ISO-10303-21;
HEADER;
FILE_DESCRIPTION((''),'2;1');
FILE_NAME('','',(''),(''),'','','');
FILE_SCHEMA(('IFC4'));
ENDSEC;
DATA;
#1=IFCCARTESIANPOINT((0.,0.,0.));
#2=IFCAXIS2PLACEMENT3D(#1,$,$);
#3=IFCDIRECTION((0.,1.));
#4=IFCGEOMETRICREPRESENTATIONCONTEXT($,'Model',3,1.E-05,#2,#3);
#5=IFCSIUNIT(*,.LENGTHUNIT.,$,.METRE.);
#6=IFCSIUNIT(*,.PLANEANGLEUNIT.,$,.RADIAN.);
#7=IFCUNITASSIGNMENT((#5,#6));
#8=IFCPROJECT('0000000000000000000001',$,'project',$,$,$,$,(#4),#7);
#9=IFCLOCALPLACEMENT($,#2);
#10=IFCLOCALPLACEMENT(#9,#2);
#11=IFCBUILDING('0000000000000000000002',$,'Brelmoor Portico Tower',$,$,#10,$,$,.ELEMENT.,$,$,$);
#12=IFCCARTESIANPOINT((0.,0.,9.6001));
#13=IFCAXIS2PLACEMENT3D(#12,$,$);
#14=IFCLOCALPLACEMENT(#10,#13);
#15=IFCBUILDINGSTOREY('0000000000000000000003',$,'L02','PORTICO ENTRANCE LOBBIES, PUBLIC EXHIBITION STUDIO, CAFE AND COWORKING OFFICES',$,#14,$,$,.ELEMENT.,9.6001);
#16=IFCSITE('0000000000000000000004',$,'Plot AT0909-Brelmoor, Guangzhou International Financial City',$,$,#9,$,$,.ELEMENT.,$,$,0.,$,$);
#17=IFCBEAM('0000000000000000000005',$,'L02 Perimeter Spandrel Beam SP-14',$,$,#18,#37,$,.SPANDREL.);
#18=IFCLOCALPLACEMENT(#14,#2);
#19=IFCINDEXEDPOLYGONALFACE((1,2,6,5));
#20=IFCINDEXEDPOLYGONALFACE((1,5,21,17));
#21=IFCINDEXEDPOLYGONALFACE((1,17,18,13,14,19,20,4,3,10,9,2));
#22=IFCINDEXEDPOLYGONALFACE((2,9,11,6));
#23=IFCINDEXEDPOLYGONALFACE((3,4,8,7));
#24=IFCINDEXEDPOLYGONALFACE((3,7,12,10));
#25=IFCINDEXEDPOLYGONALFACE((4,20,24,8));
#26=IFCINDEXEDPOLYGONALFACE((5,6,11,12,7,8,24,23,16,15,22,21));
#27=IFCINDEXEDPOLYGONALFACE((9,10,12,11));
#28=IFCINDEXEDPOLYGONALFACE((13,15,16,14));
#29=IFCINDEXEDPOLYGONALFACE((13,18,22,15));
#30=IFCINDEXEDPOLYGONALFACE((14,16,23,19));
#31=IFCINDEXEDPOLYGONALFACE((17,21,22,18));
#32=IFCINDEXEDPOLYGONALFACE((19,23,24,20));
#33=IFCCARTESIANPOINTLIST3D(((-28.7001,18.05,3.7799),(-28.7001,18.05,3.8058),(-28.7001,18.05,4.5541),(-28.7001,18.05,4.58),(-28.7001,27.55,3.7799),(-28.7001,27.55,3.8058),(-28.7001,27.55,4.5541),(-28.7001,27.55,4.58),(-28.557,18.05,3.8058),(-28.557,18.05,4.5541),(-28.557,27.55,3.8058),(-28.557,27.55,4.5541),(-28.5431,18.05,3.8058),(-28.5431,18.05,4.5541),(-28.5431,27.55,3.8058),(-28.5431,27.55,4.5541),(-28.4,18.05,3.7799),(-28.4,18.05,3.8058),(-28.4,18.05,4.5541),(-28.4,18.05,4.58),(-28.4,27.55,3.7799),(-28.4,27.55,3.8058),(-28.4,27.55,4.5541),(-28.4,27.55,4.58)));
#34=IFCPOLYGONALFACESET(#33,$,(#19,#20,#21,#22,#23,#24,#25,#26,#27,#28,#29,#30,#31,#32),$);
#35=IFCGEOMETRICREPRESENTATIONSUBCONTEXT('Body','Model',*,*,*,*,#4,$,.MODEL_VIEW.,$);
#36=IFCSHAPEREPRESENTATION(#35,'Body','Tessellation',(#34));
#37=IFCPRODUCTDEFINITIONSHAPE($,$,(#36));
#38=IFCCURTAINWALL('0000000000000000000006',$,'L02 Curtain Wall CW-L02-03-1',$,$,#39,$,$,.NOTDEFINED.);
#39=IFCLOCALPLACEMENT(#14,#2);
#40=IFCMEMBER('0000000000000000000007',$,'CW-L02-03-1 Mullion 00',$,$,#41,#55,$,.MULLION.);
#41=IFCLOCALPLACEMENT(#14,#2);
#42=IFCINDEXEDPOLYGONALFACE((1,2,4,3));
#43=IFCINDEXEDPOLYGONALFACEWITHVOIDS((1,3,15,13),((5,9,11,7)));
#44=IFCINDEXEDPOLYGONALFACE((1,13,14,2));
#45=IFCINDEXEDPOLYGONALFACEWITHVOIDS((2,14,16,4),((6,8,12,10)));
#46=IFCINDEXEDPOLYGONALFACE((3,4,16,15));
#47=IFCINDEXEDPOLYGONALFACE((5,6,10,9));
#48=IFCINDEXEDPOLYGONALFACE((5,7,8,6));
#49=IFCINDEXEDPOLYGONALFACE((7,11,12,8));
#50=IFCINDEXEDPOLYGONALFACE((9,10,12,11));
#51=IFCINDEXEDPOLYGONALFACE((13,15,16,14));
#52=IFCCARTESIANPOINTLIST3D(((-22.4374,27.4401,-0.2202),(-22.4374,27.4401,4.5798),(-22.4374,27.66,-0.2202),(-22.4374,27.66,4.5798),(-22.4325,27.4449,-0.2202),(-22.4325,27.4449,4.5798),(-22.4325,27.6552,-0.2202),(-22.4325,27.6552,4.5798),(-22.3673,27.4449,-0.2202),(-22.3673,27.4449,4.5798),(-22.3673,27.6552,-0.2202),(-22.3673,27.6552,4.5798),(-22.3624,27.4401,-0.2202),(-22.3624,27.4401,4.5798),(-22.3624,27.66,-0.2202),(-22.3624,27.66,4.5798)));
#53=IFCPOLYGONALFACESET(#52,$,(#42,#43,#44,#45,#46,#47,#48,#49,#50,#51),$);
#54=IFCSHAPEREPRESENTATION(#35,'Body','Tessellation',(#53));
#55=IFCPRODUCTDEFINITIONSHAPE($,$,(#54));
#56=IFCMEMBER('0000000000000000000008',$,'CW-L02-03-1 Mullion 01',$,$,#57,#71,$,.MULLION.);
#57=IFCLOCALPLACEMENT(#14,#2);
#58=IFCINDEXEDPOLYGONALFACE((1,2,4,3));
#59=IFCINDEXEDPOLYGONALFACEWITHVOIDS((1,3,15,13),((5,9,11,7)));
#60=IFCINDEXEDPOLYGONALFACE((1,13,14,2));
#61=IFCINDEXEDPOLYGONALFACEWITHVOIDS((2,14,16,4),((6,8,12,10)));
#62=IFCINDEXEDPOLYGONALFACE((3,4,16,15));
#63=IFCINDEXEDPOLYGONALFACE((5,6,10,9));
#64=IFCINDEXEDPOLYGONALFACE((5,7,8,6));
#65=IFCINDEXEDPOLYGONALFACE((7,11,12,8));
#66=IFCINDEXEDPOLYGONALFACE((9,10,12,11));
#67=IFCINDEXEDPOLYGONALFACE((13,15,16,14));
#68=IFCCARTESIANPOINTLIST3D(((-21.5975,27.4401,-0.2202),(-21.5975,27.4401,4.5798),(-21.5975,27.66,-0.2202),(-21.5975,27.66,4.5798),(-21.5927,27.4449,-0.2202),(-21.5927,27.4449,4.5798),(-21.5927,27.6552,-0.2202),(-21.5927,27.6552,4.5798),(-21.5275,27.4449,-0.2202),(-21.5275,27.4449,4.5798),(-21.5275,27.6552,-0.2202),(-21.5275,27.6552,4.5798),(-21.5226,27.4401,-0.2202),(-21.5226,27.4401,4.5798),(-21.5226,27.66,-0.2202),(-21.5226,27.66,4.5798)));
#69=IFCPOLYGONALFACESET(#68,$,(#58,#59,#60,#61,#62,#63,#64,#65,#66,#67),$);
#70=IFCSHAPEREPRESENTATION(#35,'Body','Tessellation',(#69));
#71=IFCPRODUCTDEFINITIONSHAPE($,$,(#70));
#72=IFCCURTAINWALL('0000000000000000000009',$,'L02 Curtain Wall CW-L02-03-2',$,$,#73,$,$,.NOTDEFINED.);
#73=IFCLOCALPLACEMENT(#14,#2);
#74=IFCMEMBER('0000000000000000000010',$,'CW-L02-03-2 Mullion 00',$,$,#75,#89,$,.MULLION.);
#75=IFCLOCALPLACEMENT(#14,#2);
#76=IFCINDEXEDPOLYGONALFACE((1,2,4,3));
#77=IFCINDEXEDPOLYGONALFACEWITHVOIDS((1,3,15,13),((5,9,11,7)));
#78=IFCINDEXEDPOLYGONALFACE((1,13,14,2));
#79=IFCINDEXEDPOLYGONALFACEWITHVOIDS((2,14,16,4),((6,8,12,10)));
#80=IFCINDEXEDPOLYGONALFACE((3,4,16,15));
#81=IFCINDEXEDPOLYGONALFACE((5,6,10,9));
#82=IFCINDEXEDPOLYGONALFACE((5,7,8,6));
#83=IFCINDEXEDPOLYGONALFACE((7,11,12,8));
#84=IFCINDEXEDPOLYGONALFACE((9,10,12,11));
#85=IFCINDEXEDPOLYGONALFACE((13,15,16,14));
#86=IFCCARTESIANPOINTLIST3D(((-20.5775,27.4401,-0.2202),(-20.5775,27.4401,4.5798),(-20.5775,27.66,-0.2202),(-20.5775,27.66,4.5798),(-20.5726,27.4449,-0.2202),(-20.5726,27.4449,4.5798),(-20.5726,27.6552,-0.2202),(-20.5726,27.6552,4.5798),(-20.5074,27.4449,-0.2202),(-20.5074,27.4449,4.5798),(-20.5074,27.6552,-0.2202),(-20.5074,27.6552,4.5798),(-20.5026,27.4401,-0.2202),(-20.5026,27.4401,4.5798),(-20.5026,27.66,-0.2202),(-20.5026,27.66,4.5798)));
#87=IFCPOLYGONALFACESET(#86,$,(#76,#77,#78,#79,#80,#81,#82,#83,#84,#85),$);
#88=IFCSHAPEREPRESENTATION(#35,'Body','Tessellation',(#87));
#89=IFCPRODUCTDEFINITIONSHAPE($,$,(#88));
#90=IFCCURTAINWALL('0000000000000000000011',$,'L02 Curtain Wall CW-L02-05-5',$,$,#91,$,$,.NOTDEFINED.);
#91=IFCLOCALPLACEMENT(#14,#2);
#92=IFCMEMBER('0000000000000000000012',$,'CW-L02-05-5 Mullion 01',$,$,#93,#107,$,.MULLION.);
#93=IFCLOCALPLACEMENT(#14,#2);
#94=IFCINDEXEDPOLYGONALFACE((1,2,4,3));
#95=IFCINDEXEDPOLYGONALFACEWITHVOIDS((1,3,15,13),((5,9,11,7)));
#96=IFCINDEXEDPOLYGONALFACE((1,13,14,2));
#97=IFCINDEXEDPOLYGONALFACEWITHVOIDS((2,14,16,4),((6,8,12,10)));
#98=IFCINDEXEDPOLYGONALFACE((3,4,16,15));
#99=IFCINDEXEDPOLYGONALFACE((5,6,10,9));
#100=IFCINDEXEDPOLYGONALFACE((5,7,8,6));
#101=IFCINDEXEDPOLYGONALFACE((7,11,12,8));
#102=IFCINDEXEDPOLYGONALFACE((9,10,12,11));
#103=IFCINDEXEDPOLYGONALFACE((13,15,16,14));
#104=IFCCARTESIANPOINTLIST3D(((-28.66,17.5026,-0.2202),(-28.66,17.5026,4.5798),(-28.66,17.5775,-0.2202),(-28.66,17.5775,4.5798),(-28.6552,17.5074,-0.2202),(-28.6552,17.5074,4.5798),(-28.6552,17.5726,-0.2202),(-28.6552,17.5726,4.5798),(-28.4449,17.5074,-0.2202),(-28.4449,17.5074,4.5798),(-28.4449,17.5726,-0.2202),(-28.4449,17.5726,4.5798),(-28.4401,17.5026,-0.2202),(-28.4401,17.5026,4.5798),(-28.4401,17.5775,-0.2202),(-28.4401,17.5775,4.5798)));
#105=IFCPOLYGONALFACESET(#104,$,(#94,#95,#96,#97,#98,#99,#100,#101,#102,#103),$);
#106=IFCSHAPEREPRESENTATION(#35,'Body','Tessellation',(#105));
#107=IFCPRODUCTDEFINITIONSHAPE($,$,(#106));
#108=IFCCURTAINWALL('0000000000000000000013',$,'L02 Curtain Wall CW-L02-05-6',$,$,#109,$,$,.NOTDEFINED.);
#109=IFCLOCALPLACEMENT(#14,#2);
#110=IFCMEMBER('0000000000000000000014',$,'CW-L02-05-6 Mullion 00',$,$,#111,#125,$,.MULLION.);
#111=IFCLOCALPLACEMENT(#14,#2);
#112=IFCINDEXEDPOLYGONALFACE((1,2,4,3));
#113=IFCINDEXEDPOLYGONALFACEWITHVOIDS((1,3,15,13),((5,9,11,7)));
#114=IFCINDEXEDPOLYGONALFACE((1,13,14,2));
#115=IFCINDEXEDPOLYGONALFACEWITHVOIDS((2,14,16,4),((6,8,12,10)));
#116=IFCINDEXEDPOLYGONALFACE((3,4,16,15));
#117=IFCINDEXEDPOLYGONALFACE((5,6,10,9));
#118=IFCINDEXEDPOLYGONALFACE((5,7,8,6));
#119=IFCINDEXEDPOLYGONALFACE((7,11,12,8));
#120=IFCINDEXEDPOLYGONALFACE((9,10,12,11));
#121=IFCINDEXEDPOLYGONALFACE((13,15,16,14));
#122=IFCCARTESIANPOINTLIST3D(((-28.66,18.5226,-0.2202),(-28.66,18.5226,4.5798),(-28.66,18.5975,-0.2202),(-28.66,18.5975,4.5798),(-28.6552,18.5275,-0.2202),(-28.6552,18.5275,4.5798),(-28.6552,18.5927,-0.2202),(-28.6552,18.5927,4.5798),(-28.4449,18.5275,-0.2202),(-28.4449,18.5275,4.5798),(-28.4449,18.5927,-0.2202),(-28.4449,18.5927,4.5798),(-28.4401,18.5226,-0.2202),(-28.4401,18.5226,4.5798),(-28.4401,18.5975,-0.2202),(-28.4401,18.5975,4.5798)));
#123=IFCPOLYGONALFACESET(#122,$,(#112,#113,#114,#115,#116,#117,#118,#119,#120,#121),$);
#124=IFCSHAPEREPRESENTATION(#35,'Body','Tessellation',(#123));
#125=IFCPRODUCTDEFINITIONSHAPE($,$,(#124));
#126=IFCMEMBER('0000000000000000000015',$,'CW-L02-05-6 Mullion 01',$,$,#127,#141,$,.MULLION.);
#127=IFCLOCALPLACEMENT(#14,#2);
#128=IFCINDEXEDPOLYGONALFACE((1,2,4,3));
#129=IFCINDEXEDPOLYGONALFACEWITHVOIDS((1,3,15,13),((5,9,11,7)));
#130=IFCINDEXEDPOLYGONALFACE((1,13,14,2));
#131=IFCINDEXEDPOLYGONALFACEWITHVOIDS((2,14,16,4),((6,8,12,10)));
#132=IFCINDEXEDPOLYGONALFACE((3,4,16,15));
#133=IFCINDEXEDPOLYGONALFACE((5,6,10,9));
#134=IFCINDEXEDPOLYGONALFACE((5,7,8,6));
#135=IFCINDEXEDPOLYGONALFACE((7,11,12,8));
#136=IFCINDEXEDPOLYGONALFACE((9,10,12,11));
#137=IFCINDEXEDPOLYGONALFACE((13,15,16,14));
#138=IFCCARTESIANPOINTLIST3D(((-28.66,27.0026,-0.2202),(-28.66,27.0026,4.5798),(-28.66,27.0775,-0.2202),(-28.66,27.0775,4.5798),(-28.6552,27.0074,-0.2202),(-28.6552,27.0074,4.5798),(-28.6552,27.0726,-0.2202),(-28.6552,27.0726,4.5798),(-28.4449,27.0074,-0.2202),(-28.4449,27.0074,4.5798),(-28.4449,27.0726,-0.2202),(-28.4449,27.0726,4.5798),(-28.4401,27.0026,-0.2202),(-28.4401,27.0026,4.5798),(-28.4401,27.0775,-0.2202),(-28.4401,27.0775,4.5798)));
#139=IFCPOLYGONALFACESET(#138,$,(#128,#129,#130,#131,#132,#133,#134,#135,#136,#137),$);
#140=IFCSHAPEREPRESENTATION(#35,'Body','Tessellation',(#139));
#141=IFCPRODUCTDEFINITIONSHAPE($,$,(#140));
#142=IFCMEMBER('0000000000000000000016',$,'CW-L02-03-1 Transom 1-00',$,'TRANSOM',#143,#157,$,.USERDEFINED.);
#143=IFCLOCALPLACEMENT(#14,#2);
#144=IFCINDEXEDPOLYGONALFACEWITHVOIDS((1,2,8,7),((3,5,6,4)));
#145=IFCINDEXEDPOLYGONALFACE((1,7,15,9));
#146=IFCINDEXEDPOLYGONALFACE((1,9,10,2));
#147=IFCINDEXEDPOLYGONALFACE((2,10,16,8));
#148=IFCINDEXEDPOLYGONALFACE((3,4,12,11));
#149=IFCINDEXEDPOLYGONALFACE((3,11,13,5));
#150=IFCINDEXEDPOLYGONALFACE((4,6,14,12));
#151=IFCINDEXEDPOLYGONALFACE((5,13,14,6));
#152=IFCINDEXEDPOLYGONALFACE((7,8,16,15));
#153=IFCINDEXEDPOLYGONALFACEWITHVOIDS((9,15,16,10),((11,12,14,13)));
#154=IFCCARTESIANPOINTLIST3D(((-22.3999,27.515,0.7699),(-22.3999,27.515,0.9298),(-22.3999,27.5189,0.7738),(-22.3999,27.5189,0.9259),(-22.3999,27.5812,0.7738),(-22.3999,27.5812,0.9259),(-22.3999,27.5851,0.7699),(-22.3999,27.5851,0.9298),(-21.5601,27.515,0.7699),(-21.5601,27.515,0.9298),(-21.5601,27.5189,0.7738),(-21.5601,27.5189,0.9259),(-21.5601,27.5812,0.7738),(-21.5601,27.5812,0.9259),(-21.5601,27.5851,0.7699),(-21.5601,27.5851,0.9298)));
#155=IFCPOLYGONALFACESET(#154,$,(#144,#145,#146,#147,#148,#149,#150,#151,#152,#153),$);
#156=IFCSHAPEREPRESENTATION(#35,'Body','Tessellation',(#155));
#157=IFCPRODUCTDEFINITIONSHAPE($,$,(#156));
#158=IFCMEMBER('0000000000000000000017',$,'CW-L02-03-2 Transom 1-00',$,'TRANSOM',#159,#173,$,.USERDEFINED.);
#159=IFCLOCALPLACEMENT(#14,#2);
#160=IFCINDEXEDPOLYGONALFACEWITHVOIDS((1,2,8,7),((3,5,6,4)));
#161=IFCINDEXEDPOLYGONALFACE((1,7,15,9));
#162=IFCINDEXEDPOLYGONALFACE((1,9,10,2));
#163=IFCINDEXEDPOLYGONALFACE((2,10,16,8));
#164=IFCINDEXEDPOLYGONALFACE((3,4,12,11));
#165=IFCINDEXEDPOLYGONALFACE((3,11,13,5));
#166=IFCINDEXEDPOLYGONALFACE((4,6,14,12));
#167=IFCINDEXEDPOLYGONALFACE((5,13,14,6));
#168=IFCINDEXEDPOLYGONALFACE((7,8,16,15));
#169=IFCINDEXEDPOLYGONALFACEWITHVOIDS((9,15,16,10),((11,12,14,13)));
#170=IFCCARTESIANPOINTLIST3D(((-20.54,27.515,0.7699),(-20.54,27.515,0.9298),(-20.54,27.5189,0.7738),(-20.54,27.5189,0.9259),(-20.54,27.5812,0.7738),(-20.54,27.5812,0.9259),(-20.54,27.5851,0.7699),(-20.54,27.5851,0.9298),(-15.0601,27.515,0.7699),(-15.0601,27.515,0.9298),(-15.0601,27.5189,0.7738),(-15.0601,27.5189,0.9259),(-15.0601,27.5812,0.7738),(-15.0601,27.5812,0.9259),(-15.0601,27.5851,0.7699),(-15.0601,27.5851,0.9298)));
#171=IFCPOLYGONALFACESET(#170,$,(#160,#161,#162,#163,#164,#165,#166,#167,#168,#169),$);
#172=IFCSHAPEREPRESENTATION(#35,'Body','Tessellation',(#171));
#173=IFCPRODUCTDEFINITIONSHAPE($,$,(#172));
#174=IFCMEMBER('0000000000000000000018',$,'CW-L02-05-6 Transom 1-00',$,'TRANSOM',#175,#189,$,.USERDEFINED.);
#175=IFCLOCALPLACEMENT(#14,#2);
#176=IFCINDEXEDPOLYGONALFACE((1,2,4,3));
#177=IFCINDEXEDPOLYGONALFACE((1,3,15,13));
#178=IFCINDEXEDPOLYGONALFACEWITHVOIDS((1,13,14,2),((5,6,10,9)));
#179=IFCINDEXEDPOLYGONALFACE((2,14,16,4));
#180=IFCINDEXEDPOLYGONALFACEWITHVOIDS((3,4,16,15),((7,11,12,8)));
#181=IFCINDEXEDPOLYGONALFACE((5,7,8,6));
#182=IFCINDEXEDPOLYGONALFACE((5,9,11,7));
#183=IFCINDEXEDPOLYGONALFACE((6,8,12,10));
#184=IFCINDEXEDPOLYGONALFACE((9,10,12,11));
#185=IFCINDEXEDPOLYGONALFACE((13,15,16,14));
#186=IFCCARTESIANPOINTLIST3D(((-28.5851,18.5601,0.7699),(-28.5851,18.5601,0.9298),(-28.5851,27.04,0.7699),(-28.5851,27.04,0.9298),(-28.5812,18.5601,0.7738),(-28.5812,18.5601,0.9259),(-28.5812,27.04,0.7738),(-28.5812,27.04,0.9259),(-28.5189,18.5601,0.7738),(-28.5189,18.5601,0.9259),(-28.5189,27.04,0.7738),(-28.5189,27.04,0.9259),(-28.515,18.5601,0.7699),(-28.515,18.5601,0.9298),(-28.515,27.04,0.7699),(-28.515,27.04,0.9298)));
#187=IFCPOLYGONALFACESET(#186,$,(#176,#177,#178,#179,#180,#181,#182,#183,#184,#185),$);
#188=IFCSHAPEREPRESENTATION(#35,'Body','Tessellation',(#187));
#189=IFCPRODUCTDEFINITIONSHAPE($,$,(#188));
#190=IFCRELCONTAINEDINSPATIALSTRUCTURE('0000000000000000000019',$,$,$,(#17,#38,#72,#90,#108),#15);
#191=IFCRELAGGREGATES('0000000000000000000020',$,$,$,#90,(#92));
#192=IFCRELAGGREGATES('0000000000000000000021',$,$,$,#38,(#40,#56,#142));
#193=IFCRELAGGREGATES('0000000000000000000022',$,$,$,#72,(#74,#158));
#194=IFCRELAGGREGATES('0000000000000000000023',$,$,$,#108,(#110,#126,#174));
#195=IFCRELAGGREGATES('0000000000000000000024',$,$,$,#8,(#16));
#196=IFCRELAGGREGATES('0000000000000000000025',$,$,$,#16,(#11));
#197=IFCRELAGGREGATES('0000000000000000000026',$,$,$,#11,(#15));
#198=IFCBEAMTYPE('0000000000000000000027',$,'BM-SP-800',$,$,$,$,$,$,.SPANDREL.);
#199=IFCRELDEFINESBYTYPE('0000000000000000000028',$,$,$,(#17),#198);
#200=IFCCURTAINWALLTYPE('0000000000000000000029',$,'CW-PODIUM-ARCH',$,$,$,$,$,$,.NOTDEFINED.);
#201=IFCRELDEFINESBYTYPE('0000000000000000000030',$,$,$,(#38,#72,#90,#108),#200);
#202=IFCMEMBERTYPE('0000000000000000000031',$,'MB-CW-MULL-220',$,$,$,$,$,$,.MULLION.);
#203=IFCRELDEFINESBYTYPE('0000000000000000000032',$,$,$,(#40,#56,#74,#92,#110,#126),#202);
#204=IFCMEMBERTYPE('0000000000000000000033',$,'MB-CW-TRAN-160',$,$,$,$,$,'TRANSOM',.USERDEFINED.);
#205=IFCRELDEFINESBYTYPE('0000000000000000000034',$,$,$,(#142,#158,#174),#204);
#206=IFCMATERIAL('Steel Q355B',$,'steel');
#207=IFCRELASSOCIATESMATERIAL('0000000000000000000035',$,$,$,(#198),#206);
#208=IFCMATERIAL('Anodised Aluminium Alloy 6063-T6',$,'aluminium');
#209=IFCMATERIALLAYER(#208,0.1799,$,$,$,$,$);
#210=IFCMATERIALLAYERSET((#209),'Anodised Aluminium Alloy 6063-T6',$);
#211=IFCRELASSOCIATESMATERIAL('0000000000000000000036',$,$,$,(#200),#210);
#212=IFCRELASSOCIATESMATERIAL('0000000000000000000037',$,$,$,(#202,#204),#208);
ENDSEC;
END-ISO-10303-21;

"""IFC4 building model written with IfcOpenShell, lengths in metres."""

from ifc_helpers import new_model, si_unit, direction, frame, origin, origin_2d, place, context, subcontext, project, spatial, hollow_rectangle, i_section, extrude, material, layer, layer_set, material_profile, profile_set, type_object, element, aggregate, save


model = new_model("IFC4")

# Units and contexts
model_context = context("Model", 3, precision=1e-05, world=origin(), true_north=direction((0.0, 1.0)))
body_context = subcontext(model_context, "Body", "Model", "MODEL_VIEW")
ifc_project = project(units=[si_unit("LENGTHUNIT", "METRE"), si_unit("PLANEANGLEUNIT", "RADIAN")], contexts=[model_context])

# Site, building, storey
site_placement = place(None, origin())
site = spatial("IfcSite", under=ifc_project, at=site_placement, Name="Plot AT0909-Brelmoor, Guangzhou International Financial City", CompositionType="ELEMENT", RefElevation=0.0)
building_placement = place(site_placement, origin())
building = spatial("IfcBuilding", under=site, at=building_placement, Name="Brelmoor Portico Tower", CompositionType="ELEMENT")
storey_placement = place(building_placement, frame((0.0, 0.0, 9.6001)))
storey = spatial("IfcBuildingStorey", under=building, at=storey_placement, Name="L02", Description="PORTICO ENTRANCE LOBBIES, PUBLIC EXHIBITION STUDIO, CAFE AND COWORKING OFFICES", CompositionType="ELEMENT", Elevation=9.6001)

# Shared definitions
ifc_material_1 = material(Name="Steel Q355B", Category="steel")

# Beam
ifc_material_profile_1 = material_profile(ifc_material_1, i_section(OverallWidth=0.3, OverallDepth=0.8, WebThickness=0.0139, FlangeThickness=0.0259, at=origin_2d()), Name="HN 800x300x14x26")
ifc_profile_set_1 = profile_set([ifc_material_profile_1], Name="Steel Q355B")
beam_type_1 = type_object("IfcBeamType", Name="BM-SP-800", PredefinedType="SPANDREL", material=ifc_profile_set_1)
beam_1_placement = place(storey_placement, frame((-28.55, 18.05, 4.1799), z_axis=(0.0, 1.0, 0.0), x_axis=(-1.0, 0.0, 0.0)))
element("IfcBeam", 1, at=beam_1_placement, inside=storey, type_object=beam_type_1, Name="L02 Perimeter Spandrel Beam SP-14", PredefinedType="SPANDREL", context=body_context, shape_type="SweptSolid", body=[
    extrude(i_section(OverallWidth=0.3, OverallDepth=0.8, WebThickness=0.0139, FlangeThickness=0.0259, at=origin_2d()), origin(), (0.0, 0.0, 1.0), 9.5),
])

# Curtain wall, members
ifc_material_2 = material(Name="Anodised Aluminium Alloy 6063-T6", Category="aluminium")
ifc_layer_1 = layer(ifc_material_2, 0.1799)
ifc_layer_set_1 = layer_set([ifc_layer_1], Name="Anodised Aluminium Alloy 6063-T6")
curtain_wall_type = type_object("IfcCurtainWallType", Name="CW-PODIUM-ARCH", PredefinedType="NOTDEFINED", material=ifc_layer_set_1)
curtain_wall_1_placement = place(storey_placement, origin())
curtain_wall_1 = element("IfcCurtainWall", 2, at=curtain_wall_1_placement, inside=storey, type_object=curtain_wall_type, Name="L02 Curtain Wall CW-L02-03-1", PredefinedType="NOTDEFINED")
ifc_material_profile_2 = material_profile(ifc_material_2, hollow_rectangle(XDim=0.075, YDim=0.22, WallThickness=0.0049, at=origin_2d()), Name="ALU MULLION 75x220")
ifc_profile_set_2 = profile_set([ifc_material_profile_2], Name="Anodised Aluminium Alloy 6063-T6")
member_type_1 = type_object("IfcMemberType", Name="MB-CW-MULL-220", PredefinedType="MULLION", material=ifc_profile_set_2)
member_1_placement = place(storey_placement, frame((-22.3999, 27.55, -0.2202), z_axis=(0.0, 0.0, 1.0), x_axis=(1.0, 0.0, 0.0)))
member_1 = element("IfcMember", 3, at=member_1_placement, type_object=member_type_1, Name="CW-L02-03-1 Mullion 00", PredefinedType="MULLION", context=body_context, shape_type="SweptSolid", body=[
    extrude(hollow_rectangle(XDim=0.075, YDim=0.22, WallThickness=0.0049, at=origin_2d()), origin(), (0.0, 0.0, 1.0), 4.8),
])
member_2_placement = place(storey_placement, frame((-21.5601, 27.55, -0.2202), z_axis=(0.0, 0.0, 1.0), x_axis=(1.0, 0.0, 0.0)))
member_2 = element("IfcMember", 4, at=member_2_placement, type_object=member_type_1, Name="CW-L02-03-1 Mullion 01", PredefinedType="MULLION", context=body_context, shape_type="SweptSolid", body=[
    extrude(hollow_rectangle(XDim=0.075, YDim=0.22, WallThickness=0.0049, at=origin_2d()), origin(), (0.0, 0.0, 1.0), 4.8),
])

# Curtain walls, members
curtain_wall_2_placement = place(storey_placement, origin())
curtain_wall_2 = element("IfcCurtainWall", 5, at=curtain_wall_2_placement, inside=storey, type_object=curtain_wall_type, Name="L02 Curtain Wall CW-L02-03-2", PredefinedType="NOTDEFINED")
member_3_placement = place(storey_placement, frame((-20.54, 27.55, -0.2202), z_axis=(0.0, 0.0, 1.0), x_axis=(1.0, 0.0, 0.0)))
member_3 = element("IfcMember", 6, at=member_3_placement, type_object=member_type_1, Name="CW-L02-03-2 Mullion 00", PredefinedType="MULLION", context=body_context, shape_type="SweptSolid", body=[
    extrude(hollow_rectangle(XDim=0.075, YDim=0.22, WallThickness=0.0049, at=origin_2d()), origin(), (0.0, 0.0, 1.0), 4.8),
])
curtain_wall_3_placement = place(storey_placement, origin())
curtain_wall_3 = element("IfcCurtainWall", 7, at=curtain_wall_3_placement, inside=storey, type_object=curtain_wall_type, Name="L02 Curtain Wall CW-L02-05-5", PredefinedType="NOTDEFINED")
member_4_placement = place(storey_placement, frame((-28.55, 17.54, -0.2202), z_axis=(0.0, 0.0, 1.0), x_axis=(0.0, 1.0, 0.0)))
member_4 = element("IfcMember", 8, at=member_4_placement, type_object=member_type_1, Name="CW-L02-05-5 Mullion 01", PredefinedType="MULLION", context=body_context, shape_type="SweptSolid", body=[
    extrude(hollow_rectangle(XDim=0.075, YDim=0.22, WallThickness=0.0049, at=origin_2d()), origin(), (0.0, 0.0, 1.0), 4.8),
])
aggregate(curtain_wall_3, [member_4])

# Curtain wall, members
curtain_wall_4_placement = place(storey_placement, origin())
curtain_wall_4 = element("IfcCurtainWall", 9, at=curtain_wall_4_placement, inside=storey, type_object=curtain_wall_type, Name="L02 Curtain Wall CW-L02-05-6", PredefinedType="NOTDEFINED")
member_5_placement = place(storey_placement, frame((-28.55, 18.5601, -0.2202), z_axis=(0.0, 0.0, 1.0), x_axis=(0.0, 1.0, 0.0)))
member_5 = element("IfcMember", 10, at=member_5_placement, type_object=member_type_1, Name="CW-L02-05-6 Mullion 00", PredefinedType="MULLION", context=body_context, shape_type="SweptSolid", body=[
    extrude(hollow_rectangle(XDim=0.075, YDim=0.22, WallThickness=0.0049, at=origin_2d()), origin(), (0.0, 0.0, 1.0), 4.8),
])
member_6_placement = place(storey_placement, frame((-28.55, 27.04, -0.2202), z_axis=(0.0, 0.0, 1.0), x_axis=(0.0, 1.0, 0.0)))
member_6 = element("IfcMember", 11, at=member_6_placement, type_object=member_type_1, Name="CW-L02-05-6 Mullion 01", PredefinedType="MULLION", context=body_context, shape_type="SweptSolid", body=[
    extrude(hollow_rectangle(XDim=0.075, YDim=0.22, WallThickness=0.0049, at=origin_2d()), origin(), (0.0, 0.0, 1.0), 4.8),
])

# Members
ifc_material_profile_3 = material_profile(ifc_material_2, hollow_rectangle(XDim=0.0701, YDim=0.1599, WallThickness=0.0039, at=origin_2d()), Name="ALU TRANSOM 70x160")
ifc_profile_set_3 = profile_set([ifc_material_profile_3], Name="Anodised Aluminium Alloy 6063-T6")
member_type_2 = type_object("IfcMemberType", Name="MB-CW-TRAN-160", ElementType="TRANSOM", PredefinedType="USERDEFINED", material=ifc_profile_set_3)
member_7_placement = place(storey_placement, frame((-22.3999, 27.55, 0.8499), z_axis=(1.0, 0.0, 0.0), x_axis=(0.0, 1.0, 0.0)))
member_7 = element("IfcMember", 12, at=member_7_placement, type_object=member_type_2, Name="CW-L02-03-1 Transom 1-00", ObjectType="TRANSOM", PredefinedType="USERDEFINED", context=body_context, shape_type="SweptSolid", body=[
    extrude(hollow_rectangle(XDim=0.0701, YDim=0.1599, WallThickness=0.0039, at=origin_2d()), origin(), (0.0, 0.0, 1.0), 0.8398),
])
member_8_placement = place(storey_placement, frame((-20.54, 27.55, 0.8499), z_axis=(1.0, 0.0, 0.0), x_axis=(0.0, 1.0, 0.0)))
member_8 = element("IfcMember", 13, at=member_8_placement, type_object=member_type_2, Name="CW-L02-03-2 Transom 1-00", ObjectType="TRANSOM", PredefinedType="USERDEFINED", context=body_context, shape_type="SweptSolid", body=[
    extrude(hollow_rectangle(XDim=0.0701, YDim=0.1599, WallThickness=0.0039, at=origin_2d()), origin(), (0.0, 0.0, 1.0), 5.48),
])
member_9_placement = place(storey_placement, frame((-28.55, 18.5601, 0.8499), z_axis=(0.0, 1.0, 0.0), x_axis=(-1.0, 0.0, 0.0)))
member_9 = element("IfcMember", 14, at=member_9_placement, type_object=member_type_2, Name="CW-L02-05-6 Transom 1-00", ObjectType="TRANSOM", PredefinedType="USERDEFINED", context=body_context, shape_type="SweptSolid", body=[
    extrude(hollow_rectangle(XDim=0.0701, YDim=0.1599, WallThickness=0.0039, at=origin_2d()), origin(), (0.0, 0.0, 1.0), 8.48),
])

aggregate(curtain_wall_1, [member_1, member_2, member_7])
aggregate(curtain_wall_2, [member_3, member_8])
aggregate(curtain_wall_4, [member_5, member_6, member_9])

save(model, "model.ifc")
